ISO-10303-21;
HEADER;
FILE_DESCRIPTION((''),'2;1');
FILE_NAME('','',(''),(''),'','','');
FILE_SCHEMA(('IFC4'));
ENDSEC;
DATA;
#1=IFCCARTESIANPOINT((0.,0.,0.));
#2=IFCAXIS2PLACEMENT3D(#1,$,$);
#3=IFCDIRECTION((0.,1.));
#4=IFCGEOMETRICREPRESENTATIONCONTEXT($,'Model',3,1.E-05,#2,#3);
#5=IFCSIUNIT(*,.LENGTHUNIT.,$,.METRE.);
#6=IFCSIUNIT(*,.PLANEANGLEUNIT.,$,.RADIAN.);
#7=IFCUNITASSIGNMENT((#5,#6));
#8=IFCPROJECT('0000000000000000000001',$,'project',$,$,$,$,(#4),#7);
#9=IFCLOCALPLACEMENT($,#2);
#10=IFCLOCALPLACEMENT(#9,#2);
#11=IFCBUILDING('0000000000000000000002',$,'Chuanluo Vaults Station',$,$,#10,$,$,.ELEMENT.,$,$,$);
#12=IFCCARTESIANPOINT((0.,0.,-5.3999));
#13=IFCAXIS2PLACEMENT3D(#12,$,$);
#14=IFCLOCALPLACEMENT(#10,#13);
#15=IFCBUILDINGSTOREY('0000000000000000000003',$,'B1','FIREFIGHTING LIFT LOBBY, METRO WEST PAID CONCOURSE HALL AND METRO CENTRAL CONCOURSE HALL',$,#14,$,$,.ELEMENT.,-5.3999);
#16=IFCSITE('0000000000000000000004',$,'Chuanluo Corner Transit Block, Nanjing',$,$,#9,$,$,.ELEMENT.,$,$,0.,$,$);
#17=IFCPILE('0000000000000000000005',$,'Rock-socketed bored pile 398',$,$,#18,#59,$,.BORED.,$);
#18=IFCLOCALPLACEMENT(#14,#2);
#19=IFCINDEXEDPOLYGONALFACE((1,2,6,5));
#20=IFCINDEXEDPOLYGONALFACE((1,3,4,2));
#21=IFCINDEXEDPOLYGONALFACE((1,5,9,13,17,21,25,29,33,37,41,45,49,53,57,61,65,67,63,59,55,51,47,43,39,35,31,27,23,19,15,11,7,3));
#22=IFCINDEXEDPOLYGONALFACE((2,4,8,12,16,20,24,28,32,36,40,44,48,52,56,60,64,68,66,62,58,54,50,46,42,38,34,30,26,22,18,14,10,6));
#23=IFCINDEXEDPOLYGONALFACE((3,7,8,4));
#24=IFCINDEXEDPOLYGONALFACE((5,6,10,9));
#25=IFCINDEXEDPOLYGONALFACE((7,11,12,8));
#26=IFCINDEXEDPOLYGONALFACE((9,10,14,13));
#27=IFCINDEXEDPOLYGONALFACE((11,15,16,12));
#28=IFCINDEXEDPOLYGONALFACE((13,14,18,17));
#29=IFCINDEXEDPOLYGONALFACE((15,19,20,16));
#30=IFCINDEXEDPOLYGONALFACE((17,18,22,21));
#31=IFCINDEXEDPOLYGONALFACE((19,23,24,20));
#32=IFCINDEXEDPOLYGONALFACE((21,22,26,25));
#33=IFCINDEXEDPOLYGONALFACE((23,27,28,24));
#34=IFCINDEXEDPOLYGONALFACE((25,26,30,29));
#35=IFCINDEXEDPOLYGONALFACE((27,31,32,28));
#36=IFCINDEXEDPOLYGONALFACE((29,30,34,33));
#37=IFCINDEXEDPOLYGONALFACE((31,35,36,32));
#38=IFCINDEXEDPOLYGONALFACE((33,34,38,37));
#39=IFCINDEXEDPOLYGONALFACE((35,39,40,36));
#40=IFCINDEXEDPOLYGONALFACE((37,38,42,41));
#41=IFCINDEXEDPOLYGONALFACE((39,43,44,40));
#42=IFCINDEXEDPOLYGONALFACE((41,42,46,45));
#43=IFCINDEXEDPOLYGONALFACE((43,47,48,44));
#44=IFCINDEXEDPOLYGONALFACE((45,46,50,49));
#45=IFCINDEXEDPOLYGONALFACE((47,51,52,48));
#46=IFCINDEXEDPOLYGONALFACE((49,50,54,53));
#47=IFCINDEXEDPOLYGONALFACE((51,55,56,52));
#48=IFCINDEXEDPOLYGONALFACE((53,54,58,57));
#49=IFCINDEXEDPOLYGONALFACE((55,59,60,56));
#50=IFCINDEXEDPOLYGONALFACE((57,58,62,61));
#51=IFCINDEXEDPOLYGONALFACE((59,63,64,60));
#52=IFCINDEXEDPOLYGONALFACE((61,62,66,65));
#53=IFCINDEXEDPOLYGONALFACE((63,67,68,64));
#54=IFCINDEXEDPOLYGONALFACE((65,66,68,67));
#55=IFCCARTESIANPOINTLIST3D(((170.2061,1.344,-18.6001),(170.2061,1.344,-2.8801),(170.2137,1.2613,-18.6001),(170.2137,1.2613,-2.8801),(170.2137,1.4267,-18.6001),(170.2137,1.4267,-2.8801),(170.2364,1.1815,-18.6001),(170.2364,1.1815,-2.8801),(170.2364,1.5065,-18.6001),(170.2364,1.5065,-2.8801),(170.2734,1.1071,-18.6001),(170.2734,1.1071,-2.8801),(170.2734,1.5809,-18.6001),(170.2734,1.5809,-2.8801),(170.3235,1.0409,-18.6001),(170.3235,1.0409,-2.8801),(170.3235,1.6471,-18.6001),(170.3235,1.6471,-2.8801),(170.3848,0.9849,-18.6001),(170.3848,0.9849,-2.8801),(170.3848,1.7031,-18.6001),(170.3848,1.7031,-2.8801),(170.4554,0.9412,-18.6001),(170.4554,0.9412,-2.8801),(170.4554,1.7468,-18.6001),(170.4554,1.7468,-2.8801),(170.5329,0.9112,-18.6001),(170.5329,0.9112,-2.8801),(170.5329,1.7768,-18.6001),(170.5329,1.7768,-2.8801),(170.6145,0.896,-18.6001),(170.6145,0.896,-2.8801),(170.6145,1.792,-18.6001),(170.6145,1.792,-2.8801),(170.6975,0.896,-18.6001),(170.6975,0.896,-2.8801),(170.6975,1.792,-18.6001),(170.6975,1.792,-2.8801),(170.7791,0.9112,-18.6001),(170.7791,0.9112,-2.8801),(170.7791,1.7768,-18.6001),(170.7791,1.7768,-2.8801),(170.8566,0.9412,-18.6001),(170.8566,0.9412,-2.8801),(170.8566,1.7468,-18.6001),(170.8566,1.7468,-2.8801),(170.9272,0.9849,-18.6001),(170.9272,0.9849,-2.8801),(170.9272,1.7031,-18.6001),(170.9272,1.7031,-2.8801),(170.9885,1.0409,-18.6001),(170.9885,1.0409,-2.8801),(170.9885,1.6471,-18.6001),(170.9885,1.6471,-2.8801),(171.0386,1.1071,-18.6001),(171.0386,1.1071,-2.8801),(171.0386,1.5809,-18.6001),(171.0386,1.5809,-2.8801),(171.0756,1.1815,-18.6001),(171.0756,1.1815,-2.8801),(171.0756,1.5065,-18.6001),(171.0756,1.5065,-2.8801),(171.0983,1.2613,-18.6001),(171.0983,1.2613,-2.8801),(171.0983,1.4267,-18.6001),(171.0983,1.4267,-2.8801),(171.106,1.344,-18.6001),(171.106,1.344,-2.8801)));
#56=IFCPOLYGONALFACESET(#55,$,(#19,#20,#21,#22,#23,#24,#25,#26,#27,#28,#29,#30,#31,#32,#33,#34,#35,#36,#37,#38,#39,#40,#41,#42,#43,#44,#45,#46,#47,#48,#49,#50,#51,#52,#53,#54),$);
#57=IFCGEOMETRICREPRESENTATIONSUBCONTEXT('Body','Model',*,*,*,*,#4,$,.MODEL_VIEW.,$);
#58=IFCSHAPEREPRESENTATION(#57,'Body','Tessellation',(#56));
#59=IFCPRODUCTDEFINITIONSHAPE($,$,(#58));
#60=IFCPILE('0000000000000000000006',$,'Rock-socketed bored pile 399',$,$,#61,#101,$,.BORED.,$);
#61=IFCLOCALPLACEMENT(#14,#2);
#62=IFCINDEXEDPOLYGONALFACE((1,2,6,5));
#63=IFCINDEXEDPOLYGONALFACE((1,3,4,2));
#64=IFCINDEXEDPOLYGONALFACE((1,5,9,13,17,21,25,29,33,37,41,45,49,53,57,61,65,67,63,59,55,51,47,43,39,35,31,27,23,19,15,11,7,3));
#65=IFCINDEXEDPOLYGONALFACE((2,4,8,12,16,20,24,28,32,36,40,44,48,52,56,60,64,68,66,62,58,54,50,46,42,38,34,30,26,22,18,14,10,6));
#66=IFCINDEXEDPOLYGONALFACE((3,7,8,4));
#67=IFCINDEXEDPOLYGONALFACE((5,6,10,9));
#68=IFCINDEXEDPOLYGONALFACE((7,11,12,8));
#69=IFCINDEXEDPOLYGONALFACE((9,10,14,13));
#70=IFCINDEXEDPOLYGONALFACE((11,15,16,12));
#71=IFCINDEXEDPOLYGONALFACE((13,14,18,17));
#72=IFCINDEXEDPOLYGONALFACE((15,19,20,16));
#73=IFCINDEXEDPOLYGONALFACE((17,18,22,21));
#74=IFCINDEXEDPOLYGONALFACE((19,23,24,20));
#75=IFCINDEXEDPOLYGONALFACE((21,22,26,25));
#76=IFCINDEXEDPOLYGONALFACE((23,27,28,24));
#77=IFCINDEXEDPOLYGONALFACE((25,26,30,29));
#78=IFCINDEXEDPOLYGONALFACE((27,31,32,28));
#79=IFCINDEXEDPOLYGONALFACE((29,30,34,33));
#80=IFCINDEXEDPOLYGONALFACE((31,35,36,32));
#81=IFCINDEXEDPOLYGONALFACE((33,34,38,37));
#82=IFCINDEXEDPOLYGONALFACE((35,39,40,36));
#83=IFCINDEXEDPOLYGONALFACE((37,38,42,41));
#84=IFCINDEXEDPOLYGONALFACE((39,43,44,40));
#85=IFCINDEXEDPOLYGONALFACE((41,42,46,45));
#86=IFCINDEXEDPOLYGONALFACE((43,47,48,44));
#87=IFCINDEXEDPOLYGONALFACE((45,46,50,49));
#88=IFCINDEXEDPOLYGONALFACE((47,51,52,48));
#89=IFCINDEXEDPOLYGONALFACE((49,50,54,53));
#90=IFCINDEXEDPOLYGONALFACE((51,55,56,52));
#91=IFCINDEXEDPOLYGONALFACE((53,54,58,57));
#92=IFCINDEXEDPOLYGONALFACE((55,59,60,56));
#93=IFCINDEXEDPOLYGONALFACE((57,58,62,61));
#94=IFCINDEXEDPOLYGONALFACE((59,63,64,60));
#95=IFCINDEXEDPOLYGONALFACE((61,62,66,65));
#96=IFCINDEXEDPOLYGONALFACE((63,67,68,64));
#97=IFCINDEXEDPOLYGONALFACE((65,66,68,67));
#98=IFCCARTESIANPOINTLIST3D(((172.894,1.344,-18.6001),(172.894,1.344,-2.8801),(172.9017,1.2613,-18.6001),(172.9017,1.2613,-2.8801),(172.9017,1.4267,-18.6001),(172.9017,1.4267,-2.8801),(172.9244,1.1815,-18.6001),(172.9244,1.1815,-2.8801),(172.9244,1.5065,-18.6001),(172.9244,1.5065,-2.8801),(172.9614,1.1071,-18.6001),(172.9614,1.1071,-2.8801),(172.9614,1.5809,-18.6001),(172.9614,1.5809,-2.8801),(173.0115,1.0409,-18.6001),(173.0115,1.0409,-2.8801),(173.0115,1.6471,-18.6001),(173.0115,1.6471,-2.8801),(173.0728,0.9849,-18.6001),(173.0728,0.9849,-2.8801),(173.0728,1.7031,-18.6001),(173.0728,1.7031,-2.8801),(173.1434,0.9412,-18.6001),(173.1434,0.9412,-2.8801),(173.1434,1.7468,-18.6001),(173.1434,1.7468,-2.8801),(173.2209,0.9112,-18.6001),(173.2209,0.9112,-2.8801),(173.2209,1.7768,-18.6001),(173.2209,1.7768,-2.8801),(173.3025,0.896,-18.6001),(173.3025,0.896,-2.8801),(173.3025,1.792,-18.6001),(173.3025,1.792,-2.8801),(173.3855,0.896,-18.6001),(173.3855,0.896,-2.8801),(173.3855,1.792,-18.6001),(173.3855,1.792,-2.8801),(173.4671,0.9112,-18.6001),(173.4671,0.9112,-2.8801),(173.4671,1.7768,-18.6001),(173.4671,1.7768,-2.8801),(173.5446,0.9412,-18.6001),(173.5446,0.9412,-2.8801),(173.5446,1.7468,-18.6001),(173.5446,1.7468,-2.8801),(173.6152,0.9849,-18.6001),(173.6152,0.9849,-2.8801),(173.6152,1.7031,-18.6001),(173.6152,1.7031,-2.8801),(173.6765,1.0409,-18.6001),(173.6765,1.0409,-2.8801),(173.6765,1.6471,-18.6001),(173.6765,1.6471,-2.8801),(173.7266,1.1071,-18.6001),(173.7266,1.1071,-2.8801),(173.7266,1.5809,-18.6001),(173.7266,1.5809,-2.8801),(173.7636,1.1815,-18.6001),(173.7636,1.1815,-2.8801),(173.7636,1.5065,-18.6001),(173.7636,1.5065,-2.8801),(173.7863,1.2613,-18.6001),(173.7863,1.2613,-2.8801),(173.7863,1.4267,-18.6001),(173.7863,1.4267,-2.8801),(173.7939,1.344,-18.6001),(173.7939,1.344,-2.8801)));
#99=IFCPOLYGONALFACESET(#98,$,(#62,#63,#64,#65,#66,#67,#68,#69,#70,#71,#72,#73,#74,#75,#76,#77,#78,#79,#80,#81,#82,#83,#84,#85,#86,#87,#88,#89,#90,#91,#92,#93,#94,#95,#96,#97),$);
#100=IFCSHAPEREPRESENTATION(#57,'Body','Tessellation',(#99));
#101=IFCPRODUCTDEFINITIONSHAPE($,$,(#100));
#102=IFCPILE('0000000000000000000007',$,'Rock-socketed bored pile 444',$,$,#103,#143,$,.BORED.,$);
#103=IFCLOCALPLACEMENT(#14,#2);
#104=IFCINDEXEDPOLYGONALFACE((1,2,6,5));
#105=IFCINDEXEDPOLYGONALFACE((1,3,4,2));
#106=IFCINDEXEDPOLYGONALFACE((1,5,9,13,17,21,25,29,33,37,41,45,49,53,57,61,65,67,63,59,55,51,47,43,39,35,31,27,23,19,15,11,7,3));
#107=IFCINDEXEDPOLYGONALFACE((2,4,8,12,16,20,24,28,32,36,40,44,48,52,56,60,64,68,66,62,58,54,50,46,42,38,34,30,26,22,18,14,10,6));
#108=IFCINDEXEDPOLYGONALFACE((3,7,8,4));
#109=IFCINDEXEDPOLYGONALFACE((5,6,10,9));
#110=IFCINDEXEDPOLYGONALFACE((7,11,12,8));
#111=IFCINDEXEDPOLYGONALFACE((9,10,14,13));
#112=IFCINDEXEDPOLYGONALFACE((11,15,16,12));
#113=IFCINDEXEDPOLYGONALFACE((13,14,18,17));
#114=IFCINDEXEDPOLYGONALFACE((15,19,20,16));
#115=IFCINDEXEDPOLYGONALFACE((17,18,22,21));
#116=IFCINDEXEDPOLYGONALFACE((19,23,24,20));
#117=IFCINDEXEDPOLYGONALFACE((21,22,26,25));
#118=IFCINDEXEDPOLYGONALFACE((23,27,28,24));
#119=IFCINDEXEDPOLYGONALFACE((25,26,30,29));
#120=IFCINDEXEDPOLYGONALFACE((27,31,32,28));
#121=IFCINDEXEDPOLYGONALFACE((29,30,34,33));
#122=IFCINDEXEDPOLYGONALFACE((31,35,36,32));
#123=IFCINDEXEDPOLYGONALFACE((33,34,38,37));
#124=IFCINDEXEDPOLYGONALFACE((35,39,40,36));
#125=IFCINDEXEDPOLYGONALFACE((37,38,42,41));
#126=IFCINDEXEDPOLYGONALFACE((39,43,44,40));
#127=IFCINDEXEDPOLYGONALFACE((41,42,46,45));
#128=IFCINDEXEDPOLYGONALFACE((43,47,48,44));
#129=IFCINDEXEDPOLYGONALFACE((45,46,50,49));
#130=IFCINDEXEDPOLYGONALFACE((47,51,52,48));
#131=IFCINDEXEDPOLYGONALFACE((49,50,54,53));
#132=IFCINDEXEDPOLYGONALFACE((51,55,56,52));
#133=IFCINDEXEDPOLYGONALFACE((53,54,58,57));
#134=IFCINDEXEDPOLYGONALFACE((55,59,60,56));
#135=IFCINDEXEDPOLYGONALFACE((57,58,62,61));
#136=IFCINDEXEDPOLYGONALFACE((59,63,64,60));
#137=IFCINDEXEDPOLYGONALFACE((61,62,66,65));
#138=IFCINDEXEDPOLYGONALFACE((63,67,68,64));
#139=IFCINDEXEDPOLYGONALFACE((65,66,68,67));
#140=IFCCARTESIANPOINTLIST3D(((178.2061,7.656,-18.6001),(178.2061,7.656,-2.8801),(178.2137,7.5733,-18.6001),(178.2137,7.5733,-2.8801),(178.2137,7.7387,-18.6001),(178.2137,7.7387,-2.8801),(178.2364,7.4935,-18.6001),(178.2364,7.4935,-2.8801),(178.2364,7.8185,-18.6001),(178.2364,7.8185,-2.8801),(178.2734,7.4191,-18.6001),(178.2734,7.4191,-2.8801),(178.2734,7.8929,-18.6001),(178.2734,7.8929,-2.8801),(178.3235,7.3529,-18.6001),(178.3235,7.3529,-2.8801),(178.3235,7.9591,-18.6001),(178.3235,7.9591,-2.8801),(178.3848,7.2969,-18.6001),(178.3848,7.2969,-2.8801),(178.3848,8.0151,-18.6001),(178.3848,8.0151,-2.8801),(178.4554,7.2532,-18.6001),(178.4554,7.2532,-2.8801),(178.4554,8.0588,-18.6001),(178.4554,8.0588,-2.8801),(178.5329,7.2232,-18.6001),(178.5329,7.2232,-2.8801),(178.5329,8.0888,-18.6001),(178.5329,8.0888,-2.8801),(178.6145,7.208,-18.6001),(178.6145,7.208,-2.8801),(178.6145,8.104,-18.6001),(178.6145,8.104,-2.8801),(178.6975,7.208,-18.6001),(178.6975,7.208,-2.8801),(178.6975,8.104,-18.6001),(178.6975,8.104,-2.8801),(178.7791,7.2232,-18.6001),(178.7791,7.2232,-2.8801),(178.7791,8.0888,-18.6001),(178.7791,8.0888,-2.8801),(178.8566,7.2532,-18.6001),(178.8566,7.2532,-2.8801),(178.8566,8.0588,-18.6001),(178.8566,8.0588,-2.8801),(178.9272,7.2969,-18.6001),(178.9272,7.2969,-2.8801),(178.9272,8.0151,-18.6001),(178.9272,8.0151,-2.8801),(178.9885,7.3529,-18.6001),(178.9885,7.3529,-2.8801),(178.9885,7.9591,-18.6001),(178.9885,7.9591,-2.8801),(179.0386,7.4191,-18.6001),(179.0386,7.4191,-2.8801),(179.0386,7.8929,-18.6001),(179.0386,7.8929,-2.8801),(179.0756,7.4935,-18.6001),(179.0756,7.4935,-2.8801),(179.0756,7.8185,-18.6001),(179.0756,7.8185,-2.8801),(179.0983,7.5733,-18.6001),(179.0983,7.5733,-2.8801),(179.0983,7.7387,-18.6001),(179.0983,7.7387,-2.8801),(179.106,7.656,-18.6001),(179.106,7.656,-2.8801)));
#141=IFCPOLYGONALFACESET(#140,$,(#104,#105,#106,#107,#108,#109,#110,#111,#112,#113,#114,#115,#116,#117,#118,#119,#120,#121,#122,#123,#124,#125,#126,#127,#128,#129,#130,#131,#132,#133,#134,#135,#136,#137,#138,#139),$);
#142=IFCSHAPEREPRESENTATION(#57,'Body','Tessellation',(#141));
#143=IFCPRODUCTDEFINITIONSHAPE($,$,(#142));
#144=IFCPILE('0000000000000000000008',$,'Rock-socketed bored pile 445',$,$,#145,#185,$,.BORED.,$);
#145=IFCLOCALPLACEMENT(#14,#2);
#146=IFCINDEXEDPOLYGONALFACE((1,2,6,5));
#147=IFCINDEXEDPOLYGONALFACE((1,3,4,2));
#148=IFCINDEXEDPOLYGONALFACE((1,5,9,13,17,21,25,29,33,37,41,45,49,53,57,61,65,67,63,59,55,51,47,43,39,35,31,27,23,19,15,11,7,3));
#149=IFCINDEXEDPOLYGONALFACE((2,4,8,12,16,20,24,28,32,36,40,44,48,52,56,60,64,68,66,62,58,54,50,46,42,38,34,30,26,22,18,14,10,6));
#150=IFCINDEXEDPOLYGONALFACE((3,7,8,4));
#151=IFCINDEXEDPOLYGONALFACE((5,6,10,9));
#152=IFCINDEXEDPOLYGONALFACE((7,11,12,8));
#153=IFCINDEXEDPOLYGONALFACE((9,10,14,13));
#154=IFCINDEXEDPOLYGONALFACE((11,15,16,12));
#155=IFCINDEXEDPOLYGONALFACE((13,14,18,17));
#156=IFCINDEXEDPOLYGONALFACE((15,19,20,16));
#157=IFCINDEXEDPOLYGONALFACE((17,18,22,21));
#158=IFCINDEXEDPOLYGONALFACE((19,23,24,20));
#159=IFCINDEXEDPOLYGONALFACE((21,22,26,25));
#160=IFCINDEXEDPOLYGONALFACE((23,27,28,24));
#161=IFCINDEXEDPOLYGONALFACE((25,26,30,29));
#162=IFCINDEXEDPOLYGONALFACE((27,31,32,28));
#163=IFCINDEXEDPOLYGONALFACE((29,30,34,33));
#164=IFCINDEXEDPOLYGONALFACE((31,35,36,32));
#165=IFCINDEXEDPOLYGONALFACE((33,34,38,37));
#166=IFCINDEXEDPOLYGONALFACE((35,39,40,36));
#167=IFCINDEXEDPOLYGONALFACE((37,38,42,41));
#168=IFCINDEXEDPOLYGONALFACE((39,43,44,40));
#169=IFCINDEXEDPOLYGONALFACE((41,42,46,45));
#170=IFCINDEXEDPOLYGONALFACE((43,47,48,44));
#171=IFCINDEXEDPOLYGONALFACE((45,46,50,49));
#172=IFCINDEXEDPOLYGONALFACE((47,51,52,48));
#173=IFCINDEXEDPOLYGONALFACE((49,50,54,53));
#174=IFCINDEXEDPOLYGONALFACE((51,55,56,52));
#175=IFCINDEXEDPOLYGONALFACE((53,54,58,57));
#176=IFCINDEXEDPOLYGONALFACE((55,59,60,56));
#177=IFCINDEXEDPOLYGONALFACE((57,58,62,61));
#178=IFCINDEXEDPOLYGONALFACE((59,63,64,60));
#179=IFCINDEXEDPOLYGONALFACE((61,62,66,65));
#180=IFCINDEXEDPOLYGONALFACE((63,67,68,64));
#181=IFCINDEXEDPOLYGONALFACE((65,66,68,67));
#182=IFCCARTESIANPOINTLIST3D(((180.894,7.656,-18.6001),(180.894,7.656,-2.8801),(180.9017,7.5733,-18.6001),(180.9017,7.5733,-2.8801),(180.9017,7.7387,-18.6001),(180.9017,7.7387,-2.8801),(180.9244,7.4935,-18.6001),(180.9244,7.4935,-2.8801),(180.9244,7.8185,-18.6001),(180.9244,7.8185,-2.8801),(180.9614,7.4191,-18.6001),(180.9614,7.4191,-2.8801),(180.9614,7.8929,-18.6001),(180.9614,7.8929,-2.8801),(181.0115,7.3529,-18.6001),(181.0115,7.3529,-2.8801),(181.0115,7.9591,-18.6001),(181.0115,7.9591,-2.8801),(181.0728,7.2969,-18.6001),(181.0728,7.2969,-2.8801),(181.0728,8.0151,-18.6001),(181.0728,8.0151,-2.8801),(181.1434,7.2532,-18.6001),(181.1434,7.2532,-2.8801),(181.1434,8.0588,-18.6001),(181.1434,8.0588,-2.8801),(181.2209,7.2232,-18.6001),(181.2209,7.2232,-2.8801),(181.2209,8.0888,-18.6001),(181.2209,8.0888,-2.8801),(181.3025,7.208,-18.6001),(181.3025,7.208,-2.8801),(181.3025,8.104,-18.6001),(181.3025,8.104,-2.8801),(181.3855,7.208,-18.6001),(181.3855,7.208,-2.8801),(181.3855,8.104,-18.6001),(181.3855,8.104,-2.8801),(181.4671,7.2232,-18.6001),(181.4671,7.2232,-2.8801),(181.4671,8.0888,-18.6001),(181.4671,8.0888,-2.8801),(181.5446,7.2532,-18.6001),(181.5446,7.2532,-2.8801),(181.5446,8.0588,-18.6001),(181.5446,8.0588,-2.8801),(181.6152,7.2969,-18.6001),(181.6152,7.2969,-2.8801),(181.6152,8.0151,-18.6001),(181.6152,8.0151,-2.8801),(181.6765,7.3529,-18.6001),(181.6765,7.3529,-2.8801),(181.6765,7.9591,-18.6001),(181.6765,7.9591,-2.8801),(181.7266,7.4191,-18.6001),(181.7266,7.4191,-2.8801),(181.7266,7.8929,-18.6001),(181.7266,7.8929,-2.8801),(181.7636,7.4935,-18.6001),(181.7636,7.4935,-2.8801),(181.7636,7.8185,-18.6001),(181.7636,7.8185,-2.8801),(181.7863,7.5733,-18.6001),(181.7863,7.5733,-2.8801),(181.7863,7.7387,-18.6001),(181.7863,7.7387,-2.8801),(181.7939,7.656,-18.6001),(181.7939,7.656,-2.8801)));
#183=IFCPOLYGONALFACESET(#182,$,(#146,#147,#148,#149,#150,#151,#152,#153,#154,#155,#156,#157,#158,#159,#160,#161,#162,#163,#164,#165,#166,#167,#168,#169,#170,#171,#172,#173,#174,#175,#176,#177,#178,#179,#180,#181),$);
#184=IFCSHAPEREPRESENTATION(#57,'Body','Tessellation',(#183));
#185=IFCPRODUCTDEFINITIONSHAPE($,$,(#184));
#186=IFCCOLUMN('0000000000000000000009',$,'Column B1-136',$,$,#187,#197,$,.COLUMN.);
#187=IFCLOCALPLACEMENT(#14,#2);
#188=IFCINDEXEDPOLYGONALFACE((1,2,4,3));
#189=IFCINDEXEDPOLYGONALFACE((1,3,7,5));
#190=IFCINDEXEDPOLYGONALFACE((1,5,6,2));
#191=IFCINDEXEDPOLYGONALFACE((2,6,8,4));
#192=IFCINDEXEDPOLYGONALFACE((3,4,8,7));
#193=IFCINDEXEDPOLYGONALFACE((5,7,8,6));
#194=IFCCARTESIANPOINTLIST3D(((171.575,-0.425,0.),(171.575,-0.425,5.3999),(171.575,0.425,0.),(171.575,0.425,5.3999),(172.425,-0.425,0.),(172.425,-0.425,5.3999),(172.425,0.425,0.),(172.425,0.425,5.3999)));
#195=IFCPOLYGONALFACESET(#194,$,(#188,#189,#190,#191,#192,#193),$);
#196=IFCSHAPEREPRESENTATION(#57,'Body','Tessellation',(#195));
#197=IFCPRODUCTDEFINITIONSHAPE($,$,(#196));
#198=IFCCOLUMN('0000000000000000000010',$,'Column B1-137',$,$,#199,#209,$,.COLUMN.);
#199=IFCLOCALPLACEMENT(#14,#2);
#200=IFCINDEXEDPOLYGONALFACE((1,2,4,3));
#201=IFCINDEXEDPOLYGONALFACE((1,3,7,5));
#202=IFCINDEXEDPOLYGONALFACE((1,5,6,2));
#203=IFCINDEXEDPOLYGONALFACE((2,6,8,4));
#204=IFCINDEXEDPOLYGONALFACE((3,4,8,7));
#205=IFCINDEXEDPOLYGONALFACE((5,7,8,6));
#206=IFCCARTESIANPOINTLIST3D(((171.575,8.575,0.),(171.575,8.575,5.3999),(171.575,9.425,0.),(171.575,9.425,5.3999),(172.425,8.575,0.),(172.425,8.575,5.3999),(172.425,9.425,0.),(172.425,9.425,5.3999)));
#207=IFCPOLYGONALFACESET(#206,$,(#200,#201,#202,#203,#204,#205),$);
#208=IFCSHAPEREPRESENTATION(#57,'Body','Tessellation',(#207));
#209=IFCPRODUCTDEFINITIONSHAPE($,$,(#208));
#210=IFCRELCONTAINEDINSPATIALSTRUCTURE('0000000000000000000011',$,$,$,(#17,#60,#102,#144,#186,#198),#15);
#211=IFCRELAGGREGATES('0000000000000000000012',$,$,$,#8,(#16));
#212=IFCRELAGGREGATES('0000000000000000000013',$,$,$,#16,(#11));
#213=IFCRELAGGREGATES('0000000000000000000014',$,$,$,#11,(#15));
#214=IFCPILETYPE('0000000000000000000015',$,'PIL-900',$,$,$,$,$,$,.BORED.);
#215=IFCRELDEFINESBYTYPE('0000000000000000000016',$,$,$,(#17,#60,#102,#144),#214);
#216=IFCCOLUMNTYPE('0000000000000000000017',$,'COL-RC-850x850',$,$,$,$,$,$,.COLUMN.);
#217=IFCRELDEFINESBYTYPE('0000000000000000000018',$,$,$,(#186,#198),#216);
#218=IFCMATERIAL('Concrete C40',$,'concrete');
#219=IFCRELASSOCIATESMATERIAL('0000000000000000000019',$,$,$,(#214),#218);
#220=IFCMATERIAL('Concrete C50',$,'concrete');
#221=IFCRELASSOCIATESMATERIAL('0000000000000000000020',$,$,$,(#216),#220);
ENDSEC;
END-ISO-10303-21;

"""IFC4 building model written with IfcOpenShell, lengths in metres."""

from ifc_helpers import new_model, si_unit, direction, frame, origin, origin_2d, place, context, subcontext, project, spatial, rectangle, circle, extrude, material, material_profile, profile_set, type_object, element, save


model = new_model("IFC4")

# Units and contexts
model_context = context("Model", 3, precision=1e-05, world=origin(), true_north=direction((0.0, 1.0)))
body_context = subcontext(model_context, "Body", "Model", "MODEL_VIEW")
ifc_project = project(units=[si_unit("LENGTHUNIT", "METRE"), si_unit("PLANEANGLEUNIT", "RADIAN")], contexts=[model_context])

# Site, building, storey
site_placement = place(None, origin())
site = spatial("IfcSite", under=ifc_project, at=site_placement, Name="Chuanluo Corner Transit Block, Nanjing", CompositionType="ELEMENT", RefElevation=0.0)
building_placement = place(site_placement, origin())
building = spatial("IfcBuilding", under=site, at=building_placement, Name="Chuanluo Vaults Station", CompositionType="ELEMENT")
storey_placement = place(building_placement, frame((0.0, 0.0, -5.3999)))
storey = spatial("IfcBuildingStorey", under=building, at=storey_placement, Name="B1", Description="FIREFIGHTING LIFT LOBBY, METRO WEST PAID CONCOURSE HALL AND METRO CENTRAL CONCOURSE HALL", CompositionType="ELEMENT", Elevation=-5.3999)

# Piles
ifc_material_1 = material(Name="Concrete C40", Category="concrete")
ifc_material_profile_1 = material_profile(ifc_material_1, circle(Radius=0.45, at=origin_2d()))
ifc_profile_set_1 = profile_set([ifc_material_profile_1], Name="Concrete C40")
pile_type_1 = type_object("IfcPileType", Name="PIL-900", PredefinedType="BORED", material=ifc_profile_set_1)
for number, where, z_axis, x_axis, name in (
    (1, (170.656, 1.344, -2.8801), (0.0, 0.0, -1.0), (1.0, 0.0, 0.0), "Rock-socketed bored pile 398"),
    (2, (173.344, 1.344, -2.8801), (0.0, 0.0, -1.0), (1.0, 0.0, 0.0), "Rock-socketed bored pile 399"),
    (3, (178.656, 7.656, -2.8801), (0.0, 0.0, -1.0), (1.0, 0.0, 0.0), "Rock-socketed bored pile 444"),
    (4, (181.344, 7.656, -2.8801), (0.0, 0.0, -1.0), (1.0, 0.0, 0.0), "Rock-socketed bored pile 445"),
):
    element("IfcPile", number, at=place(storey_placement, frame(where, z_axis=z_axis, x_axis=x_axis)), inside=storey, type_object=pile_type_1, Name=name, PredefinedType="BORED", context=body_context, shape_type="SweptSolid", body=[
        extrude(circle(Radius=0.45, at=origin_2d()), origin(), (0.0, 0.0, 1.0), 15.72),
    ])

# Columns
ifc_material_2 = material(Name="Concrete C50", Category="concrete")
ifc_material_profile_2 = material_profile(ifc_material_2, rectangle(XDim=0.8501, YDim=0.8501, at=origin_2d()))
ifc_profile_set_2 = profile_set([ifc_material_profile_2], Name="Concrete C50")
column_type = type_object("IfcColumnType", Name="COL-RC-850x850", PredefinedType="COLUMN", material=ifc_profile_set_2)
for number, where, z_axis, x_axis, name in (
    (5, (172.0, 0.0, 0.0), (0.0, 0.0, 1.0), (1.0, 0.0, 0.0), "Column B1-136"),
    (6, (172.0, 9.0, 0.0), (0.0, 0.0, 1.0), (1.0, 0.0, 0.0), "Column B1-137"),
):
    element("IfcColumn", number, at=place(storey_placement, frame(where, z_axis=z_axis, x_axis=x_axis)), inside=storey, type_object=column_type, Name=name, PredefinedType="COLUMN", context=body_context, shape_type="SweptSolid", body=[
        extrude(rectangle(XDim=0.8501, YDim=0.8501, at=origin_2d()), origin(), (0.0, 0.0, 1.0), 5.3999),
    ])

save(model, "model.ifc")
